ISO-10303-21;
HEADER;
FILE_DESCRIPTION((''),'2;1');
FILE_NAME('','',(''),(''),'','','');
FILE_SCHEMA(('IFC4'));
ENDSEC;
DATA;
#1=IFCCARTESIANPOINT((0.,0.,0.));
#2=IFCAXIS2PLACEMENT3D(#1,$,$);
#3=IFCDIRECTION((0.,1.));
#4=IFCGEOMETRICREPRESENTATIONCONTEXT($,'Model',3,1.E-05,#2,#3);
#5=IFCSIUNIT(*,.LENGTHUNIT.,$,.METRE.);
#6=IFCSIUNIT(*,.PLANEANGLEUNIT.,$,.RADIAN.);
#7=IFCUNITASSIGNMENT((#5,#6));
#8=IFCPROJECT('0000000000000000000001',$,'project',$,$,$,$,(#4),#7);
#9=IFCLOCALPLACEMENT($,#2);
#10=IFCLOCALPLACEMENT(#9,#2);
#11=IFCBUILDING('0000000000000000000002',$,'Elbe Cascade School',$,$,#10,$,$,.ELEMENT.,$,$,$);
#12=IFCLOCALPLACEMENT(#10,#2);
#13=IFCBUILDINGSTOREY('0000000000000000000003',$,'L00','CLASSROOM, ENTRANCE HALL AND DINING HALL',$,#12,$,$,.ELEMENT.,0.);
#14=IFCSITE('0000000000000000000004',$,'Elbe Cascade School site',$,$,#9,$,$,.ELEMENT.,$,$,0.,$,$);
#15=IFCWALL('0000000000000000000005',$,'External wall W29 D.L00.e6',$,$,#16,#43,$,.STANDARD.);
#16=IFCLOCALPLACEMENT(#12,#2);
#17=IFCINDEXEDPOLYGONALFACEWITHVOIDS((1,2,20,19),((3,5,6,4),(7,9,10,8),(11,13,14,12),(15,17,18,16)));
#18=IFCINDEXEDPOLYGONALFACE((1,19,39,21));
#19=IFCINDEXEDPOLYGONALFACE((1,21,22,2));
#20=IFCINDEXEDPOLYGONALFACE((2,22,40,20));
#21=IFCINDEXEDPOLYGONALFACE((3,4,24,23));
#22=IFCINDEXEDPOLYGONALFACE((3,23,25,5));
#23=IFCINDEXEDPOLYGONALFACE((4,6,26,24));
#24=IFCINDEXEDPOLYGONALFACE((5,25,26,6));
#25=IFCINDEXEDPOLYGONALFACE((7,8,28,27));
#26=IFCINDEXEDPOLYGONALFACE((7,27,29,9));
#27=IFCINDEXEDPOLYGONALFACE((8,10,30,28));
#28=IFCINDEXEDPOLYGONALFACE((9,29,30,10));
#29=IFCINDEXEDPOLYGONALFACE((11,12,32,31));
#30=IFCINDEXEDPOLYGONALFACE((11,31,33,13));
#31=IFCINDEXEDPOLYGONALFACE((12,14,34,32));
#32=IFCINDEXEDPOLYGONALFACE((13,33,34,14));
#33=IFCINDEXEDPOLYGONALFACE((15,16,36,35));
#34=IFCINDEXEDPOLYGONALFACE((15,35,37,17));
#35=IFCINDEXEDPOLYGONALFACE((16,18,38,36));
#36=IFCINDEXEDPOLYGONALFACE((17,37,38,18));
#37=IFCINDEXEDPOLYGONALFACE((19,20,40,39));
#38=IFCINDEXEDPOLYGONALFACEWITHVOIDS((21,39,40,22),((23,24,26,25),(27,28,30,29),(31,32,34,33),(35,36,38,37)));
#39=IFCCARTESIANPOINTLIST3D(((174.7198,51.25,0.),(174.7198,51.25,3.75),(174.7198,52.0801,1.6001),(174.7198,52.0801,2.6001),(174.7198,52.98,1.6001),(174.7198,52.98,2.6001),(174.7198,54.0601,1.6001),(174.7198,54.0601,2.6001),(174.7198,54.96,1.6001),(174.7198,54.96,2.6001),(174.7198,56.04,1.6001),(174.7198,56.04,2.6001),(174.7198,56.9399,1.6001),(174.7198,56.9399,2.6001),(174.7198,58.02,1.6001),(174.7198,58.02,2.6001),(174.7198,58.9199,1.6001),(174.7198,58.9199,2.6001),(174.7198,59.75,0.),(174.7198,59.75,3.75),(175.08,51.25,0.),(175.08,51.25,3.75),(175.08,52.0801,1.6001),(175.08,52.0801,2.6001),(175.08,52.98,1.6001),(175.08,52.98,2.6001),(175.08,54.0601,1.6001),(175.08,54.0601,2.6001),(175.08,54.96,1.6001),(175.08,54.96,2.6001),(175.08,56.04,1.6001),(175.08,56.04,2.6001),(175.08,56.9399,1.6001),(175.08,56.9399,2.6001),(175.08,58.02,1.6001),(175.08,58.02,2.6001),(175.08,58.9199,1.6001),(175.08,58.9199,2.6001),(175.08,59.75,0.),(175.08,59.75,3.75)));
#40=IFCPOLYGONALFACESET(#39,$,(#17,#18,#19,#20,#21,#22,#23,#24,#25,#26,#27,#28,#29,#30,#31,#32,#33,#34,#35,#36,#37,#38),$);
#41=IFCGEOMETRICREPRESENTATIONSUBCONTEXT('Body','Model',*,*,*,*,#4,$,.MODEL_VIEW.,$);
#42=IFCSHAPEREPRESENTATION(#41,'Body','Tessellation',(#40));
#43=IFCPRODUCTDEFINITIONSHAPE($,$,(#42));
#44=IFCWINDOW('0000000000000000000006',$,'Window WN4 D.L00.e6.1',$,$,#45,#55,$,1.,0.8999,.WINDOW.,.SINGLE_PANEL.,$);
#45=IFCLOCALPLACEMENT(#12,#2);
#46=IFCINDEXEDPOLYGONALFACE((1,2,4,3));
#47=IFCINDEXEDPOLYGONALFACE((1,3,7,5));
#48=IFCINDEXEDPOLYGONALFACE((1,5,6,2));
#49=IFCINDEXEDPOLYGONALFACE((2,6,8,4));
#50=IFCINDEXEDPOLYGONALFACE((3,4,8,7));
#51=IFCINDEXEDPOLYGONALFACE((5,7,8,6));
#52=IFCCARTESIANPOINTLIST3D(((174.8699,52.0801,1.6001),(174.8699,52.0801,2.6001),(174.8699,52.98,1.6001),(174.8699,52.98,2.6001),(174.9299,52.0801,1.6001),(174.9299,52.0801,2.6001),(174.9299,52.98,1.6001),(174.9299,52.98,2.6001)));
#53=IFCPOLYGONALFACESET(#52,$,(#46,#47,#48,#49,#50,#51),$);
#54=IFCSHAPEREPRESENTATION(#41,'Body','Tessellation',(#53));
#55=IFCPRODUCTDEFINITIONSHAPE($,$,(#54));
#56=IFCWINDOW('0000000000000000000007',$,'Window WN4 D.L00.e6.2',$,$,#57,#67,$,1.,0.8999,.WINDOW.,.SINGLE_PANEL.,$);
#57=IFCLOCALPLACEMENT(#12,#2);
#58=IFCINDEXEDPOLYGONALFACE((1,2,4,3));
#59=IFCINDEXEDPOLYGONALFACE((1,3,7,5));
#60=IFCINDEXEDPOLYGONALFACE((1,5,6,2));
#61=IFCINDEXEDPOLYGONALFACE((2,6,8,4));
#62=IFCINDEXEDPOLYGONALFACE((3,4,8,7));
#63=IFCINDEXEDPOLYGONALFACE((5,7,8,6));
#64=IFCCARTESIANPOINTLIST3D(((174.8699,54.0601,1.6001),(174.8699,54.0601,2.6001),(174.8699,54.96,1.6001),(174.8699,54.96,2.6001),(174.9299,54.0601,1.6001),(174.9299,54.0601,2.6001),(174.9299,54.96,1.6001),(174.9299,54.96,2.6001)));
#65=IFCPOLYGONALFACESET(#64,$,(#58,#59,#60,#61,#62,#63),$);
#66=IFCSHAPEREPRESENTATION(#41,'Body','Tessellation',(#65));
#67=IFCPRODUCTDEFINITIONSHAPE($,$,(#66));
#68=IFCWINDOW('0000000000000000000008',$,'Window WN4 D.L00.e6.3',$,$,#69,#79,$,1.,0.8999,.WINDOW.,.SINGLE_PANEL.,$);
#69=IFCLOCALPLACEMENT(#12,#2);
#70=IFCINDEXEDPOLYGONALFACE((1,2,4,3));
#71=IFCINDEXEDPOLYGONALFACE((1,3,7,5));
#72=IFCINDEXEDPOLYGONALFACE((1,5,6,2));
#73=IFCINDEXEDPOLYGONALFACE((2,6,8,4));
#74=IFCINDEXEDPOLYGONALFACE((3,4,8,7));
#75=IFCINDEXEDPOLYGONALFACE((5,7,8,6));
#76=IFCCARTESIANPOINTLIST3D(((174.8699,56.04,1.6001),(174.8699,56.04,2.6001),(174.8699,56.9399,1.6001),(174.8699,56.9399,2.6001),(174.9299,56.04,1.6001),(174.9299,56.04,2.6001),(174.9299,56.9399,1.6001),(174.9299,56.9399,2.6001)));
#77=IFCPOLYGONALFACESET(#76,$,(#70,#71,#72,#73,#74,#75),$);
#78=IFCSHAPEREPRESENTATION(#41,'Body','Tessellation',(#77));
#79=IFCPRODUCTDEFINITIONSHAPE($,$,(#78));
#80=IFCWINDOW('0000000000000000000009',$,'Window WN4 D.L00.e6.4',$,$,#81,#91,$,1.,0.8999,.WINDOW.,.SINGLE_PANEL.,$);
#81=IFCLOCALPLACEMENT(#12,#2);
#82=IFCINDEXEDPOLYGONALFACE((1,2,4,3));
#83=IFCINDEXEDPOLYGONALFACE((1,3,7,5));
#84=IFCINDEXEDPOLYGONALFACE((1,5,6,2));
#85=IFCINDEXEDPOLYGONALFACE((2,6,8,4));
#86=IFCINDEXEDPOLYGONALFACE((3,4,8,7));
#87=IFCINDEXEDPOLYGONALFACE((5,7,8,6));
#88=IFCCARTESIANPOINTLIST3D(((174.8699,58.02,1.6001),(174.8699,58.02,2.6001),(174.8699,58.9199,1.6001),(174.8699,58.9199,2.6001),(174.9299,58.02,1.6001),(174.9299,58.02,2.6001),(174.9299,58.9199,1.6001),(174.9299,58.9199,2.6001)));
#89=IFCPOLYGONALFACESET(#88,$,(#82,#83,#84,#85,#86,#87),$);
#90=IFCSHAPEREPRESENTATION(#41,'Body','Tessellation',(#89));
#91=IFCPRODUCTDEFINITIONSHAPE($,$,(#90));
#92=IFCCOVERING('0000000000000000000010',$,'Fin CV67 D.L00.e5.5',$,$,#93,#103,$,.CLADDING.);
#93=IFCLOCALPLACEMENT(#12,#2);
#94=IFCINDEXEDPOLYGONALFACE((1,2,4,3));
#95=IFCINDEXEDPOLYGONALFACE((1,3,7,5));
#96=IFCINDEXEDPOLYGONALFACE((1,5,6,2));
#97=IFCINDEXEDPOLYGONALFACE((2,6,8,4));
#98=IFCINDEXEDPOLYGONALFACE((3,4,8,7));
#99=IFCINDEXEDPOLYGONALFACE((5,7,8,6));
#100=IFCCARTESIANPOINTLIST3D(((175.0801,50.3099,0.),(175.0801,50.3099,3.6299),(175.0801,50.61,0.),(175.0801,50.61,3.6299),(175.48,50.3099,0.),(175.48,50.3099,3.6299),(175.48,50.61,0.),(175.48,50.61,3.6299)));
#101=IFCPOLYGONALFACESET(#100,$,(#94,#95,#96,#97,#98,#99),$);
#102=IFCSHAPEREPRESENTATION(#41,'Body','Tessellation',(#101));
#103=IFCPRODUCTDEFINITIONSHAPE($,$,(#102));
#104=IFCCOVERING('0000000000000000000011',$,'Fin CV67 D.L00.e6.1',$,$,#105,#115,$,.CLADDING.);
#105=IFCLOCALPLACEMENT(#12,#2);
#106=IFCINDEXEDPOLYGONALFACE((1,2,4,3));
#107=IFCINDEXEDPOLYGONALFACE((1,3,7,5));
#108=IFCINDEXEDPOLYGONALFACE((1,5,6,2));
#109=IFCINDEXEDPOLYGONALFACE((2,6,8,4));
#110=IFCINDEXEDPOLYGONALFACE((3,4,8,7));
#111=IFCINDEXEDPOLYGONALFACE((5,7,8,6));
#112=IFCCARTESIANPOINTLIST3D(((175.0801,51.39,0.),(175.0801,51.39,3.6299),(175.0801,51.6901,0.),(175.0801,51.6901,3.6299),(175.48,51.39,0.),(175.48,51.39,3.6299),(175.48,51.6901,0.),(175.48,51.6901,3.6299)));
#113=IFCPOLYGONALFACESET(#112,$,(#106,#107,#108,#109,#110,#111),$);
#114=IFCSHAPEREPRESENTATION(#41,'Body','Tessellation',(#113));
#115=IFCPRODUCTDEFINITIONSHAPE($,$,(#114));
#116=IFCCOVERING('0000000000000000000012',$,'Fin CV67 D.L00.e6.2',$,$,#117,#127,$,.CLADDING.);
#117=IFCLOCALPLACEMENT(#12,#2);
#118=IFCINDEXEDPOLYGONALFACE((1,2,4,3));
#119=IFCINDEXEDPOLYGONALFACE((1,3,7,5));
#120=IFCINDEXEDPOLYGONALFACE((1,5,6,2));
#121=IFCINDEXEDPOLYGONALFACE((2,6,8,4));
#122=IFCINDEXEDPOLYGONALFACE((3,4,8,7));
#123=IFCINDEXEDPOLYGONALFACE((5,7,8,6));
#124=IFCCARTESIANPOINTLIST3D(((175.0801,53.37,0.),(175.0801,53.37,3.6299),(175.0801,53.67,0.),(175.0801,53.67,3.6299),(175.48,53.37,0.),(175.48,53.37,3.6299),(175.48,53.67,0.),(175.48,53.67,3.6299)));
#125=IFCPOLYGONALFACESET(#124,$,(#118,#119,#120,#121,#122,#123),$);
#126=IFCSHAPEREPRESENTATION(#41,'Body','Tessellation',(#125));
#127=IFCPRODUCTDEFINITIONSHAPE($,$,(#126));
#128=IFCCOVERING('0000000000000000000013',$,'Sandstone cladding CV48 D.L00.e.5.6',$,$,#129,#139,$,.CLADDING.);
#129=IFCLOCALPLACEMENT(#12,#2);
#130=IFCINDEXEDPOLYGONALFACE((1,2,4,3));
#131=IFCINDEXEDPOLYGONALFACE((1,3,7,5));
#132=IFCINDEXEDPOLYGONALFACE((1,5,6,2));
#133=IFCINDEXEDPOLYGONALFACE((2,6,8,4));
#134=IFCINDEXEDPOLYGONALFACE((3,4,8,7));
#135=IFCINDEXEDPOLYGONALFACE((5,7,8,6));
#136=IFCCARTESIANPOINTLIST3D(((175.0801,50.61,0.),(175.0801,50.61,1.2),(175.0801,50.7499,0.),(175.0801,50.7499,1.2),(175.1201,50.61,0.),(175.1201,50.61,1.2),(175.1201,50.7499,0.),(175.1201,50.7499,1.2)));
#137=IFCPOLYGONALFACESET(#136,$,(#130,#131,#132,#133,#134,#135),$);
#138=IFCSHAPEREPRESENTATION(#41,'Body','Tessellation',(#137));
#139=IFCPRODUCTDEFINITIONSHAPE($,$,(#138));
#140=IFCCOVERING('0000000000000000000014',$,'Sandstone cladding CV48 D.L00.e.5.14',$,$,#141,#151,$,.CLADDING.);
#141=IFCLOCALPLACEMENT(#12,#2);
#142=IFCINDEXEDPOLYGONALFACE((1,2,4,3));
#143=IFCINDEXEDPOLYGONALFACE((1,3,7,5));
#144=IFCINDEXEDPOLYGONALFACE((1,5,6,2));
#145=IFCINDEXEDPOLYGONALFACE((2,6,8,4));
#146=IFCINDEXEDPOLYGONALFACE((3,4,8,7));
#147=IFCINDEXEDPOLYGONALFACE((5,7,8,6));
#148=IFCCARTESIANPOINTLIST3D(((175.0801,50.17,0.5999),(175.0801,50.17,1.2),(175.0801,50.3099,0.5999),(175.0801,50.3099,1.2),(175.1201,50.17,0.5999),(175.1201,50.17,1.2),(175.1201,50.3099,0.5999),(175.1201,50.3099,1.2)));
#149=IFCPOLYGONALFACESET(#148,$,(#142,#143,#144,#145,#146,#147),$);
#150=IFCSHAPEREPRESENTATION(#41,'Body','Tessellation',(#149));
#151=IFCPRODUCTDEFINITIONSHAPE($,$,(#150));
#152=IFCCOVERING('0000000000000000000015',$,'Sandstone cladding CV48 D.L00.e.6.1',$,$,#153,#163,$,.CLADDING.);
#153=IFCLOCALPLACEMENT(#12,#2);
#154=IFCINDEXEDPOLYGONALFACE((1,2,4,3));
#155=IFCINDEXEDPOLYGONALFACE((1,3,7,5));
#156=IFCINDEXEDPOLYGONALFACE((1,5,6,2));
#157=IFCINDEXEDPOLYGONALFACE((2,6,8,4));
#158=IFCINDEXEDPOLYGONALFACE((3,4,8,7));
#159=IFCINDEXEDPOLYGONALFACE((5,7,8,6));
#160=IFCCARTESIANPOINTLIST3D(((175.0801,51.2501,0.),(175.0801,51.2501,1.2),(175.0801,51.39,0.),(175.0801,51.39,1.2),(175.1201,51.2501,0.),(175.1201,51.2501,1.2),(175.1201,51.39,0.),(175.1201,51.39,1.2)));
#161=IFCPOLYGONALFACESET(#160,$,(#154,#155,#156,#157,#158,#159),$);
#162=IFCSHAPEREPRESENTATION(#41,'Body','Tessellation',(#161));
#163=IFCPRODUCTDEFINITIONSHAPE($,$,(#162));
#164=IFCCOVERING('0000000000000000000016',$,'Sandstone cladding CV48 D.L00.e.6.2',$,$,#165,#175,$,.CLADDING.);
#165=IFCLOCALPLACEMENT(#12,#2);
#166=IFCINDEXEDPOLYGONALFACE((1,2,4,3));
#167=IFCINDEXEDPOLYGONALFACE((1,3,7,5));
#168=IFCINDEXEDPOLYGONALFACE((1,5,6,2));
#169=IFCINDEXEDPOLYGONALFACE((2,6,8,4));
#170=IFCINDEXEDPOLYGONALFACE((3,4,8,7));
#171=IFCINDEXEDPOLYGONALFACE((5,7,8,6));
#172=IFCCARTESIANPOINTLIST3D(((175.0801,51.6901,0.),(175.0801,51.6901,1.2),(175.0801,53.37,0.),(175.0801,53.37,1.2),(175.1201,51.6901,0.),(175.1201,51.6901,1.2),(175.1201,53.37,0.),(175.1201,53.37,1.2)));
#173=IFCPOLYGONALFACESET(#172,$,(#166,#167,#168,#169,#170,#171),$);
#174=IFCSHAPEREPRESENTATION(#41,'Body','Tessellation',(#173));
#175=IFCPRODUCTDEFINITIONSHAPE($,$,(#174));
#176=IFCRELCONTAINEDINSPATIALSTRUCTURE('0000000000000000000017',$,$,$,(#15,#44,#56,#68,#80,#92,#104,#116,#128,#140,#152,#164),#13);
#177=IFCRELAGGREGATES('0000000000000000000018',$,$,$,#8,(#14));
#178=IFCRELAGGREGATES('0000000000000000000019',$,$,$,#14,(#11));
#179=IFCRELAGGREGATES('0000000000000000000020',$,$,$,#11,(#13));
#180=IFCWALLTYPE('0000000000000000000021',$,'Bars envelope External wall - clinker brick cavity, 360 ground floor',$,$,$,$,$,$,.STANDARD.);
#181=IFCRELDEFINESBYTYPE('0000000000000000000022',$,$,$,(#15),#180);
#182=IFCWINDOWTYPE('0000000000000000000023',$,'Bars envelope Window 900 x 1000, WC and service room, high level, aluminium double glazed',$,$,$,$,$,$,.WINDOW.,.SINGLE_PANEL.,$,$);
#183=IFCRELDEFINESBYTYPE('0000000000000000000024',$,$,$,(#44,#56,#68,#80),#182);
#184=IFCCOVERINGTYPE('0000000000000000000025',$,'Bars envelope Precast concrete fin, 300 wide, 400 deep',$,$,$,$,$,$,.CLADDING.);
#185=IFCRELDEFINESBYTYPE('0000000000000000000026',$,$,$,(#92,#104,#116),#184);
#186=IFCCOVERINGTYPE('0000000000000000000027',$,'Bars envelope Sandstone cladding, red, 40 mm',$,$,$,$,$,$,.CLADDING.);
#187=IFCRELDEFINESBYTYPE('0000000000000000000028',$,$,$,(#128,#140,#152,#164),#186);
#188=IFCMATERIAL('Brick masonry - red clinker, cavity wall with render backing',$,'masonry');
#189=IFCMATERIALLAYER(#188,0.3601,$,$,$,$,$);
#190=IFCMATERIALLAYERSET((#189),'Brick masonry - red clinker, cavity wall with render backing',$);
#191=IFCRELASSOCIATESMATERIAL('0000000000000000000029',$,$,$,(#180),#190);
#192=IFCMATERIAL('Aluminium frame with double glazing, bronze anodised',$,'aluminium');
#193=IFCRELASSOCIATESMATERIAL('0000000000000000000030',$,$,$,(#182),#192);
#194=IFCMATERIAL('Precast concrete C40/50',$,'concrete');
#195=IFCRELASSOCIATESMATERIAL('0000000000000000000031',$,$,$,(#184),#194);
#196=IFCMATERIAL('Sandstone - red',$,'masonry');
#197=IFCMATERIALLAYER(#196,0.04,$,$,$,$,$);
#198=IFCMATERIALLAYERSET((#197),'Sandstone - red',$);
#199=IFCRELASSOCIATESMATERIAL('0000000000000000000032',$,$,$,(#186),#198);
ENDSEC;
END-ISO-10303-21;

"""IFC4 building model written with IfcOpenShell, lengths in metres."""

from ifc_helpers import new_model, si_unit, direction, frame, frame_2d, origin, origin_2d, place, context, subcontext, project, spatial, rectangle, extrude, material, layer, layer_set, type_object, element, fill, save


model = new_model("IFC4")

# Units and contexts
model_context = context("Model", 3, precision=1e-05, world=origin(), true_north=direction((0.0, 1.0)))
body_context = subcontext(model_context, "Body", "Model", "MODEL_VIEW")
ifc_project = project(units=[si_unit("LENGTHUNIT", "METRE"), si_unit("PLANEANGLEUNIT", "RADIAN")], contexts=[model_context])

# Site, building, storey
site_placement = place(None, origin())
site = spatial("IfcSite", under=ifc_project, at=site_placement, Name="Elbe Cascade School site", CompositionType="ELEMENT", RefElevation=0.0)
building_placement = place(site_placement, origin())
building = spatial("IfcBuilding", under=site, at=building_placement, Name="Elbe Cascade School", CompositionType="ELEMENT")
storey_placement = place(building_placement, origin())
storey = spatial("IfcBuildingStorey", under=building, at=storey_placement, Name="L00", Description="CLASSROOM, ENTRANCE HALL AND DINING HALL", CompositionType="ELEMENT", Elevation=0.0)

# Wall, openings, windows
ifc_material_1 = material(Name="Brick masonry - red clinker, cavity wall with render backing", Category="masonry")
ifc_layer_1 = layer(ifc_material_1, 0.3601)
ifc_layer_set_1 = layer_set([ifc_layer_1], Name="Brick masonry - red clinker, cavity wall with render backing")
wall_type = type_object("IfcWallType", Name="Bars envelope External wall - clinker brick cavity, 360 ground floor", PredefinedType="STANDARD", material=ifc_layer_set_1)
wall_1_placement = place(storey_placement, frame((174.8999, 59.75, 0.0), z_axis=(0.0, 0.0, 1.0), x_axis=(0.0, -1.0, 0.0)))
wall_1 = element("IfcWall", 1, at=wall_1_placement, inside=storey, type_object=wall_type, Name="External wall W29 D.L00.e6", PredefinedType="STANDARD", context=body_context, shape_type="SweptSolid", body=[
    extrude(rectangle(XDim=8.5, YDim=0.3601, at=frame_2d((4.25, 0.0))), origin(), (0.0, 0.0, 1.0), 3.75),
])
opening_1_placement = place(wall_1_placement, frame((6.77, 0.0, 1.6001)))
opening_1 = element("IfcOpeningElement", 2, at=opening_1_placement, cuts=wall_1, PredefinedType="OPENING", context=body_context, shape_type="SweptSolid", body=[
    extrude(rectangle(XDim=0.8999, YDim=1.0, at=frame_2d((0.45, 0.5))), frame((0.0, 0.1899, 0.0), z_axis=(0.0, -1.0, 0.0), x_axis=(1.0, 0.0, 0.0)), (0.0, 0.0, 1.0), 0.3801),
])
opening_2_placement = place(wall_1_placement, frame((4.79, 0.0, 1.6001)))
opening_2 = element("IfcOpeningElement", 3, at=opening_2_placement, cuts=wall_1, PredefinedType="OPENING", context=body_context, shape_type="SweptSolid", body=[
    extrude(rectangle(XDim=0.8999, YDim=1.0, at=frame_2d((0.45, 0.5))), frame((0.0, 0.1899, 0.0), z_axis=(0.0, -1.0, 0.0), x_axis=(1.0, 0.0, 0.0)), (0.0, 0.0, 1.0), 0.3801),
])
opening_3_placement = place(wall_1_placement, frame((2.8101, 0.0, 1.6001)))
opening_3 = element("IfcOpeningElement", 4, at=opening_3_placement, cuts=wall_1, PredefinedType="OPENING", context=body_context, shape_type="SweptSolid", body=[
    extrude(rectangle(XDim=0.8999, YDim=1.0, at=frame_2d((0.45, 0.5))), frame((0.0, 0.1899, 0.0), z_axis=(0.0, -1.0, 0.0), x_axis=(1.0, 0.0, 0.0)), (0.0, 0.0, 1.0), 0.3801),
])
opening_4_placement = place(wall_1_placement, frame((0.8301, 0.0, 1.6001)))
opening_4 = element("IfcOpeningElement", 5, at=opening_4_placement, cuts=wall_1, PredefinedType="OPENING", context=body_context, shape_type="SweptSolid", body=[
    extrude(rectangle(XDim=0.8999, YDim=1.0, at=frame_2d((0.45, 0.5))), frame((0.0, 0.1899, 0.0), z_axis=(0.0, -1.0, 0.0), x_axis=(1.0, 0.0, 0.0)), (0.0, 0.0, 1.0), 0.3801),
])
ifc_material_2 = material(Name="Aluminium frame with double glazing, bronze anodised", Category="aluminium")
window_type_1 = type_object("IfcWindowType", Name="Bars envelope Window 900 x 1000, WC and service room, high level, aluminium double glazed", PartitioningType="SINGLE_PANEL", PredefinedType="WINDOW", material=ifc_material_2)
window_1_placement = place(opening_1_placement, origin())
window_1 = element("IfcWindow", 6, at=window_1_placement, inside=storey, type_object=window_type_1, Name="Window WN4 D.L00.e6.1", OverallHeight=1.0, OverallWidth=0.8999, PartitioningType="SINGLE_PANEL", PredefinedType="WINDOW", context=body_context, shape_type="SweptSolid", body=[
    extrude(rectangle(XDim=0.8999, YDim=1.0, at=frame_2d((0.45, 0.5))), frame((0.0, 0.03, 0.0), z_axis=(0.0, -1.0, 0.0), x_axis=(1.0, 0.0, 0.0)), (0.0, 0.0, 1.0), 0.0601),
])
fill(opening_1, window_1)
window_2_placement = place(opening_2_placement, origin())
window_2 = element("IfcWindow", 7, at=window_2_placement, inside=storey, type_object=window_type_1, Name="Window WN4 D.L00.e6.2", OverallHeight=1.0, OverallWidth=0.8999, PartitioningType="SINGLE_PANEL", PredefinedType="WINDOW", context=body_context, shape_type="SweptSolid", body=[
    extrude(rectangle(XDim=0.8999, YDim=1.0, at=frame_2d((0.45, 0.5))), frame((0.0, 0.03, 0.0), z_axis=(0.0, -1.0, 0.0), x_axis=(1.0, 0.0, 0.0)), (0.0, 0.0, 1.0), 0.0601),
])
fill(opening_2, window_2)
window_3_placement = place(opening_3_placement, origin())
window_3 = element("IfcWindow", 8, at=window_3_placement, inside=storey, type_object=window_type_1, Name="Window WN4 D.L00.e6.3", OverallHeight=1.0, OverallWidth=0.8999, PartitioningType="SINGLE_PANEL", PredefinedType="WINDOW", context=body_context, shape_type="SweptSolid", body=[
    extrude(rectangle(XDim=0.8999, YDim=1.0, at=frame_2d((0.45, 0.5))), frame((0.0, 0.03, 0.0), z_axis=(0.0, -1.0, 0.0), x_axis=(1.0, 0.0, 0.0)), (0.0, 0.0, 1.0), 0.0601),
])
fill(opening_3, window_3)
window_4_placement = place(opening_4_placement, origin())
window_4 = element("IfcWindow", 9, at=window_4_placement, inside=storey, type_object=window_type_1, Name="Window WN4 D.L00.e6.4", OverallHeight=1.0, OverallWidth=0.8999, PartitioningType="SINGLE_PANEL", PredefinedType="WINDOW", context=body_context, shape_type="SweptSolid", body=[
    extrude(rectangle(XDim=0.8999, YDim=1.0, at=frame_2d((0.45, 0.5))), frame((0.0, 0.03, 0.0), z_axis=(0.0, -1.0, 0.0), x_axis=(1.0, 0.0, 0.0)), (0.0, 0.0, 1.0), 0.0601),
])
fill(opening_4, window_4)

# Coverings
ifc_material_3 = material(Name="Precast concrete C40/50", Category="concrete")
covering_type_1 = type_object("IfcCoveringType", Name="Bars envelope Precast concrete fin, 300 wide, 400 deep", PredefinedType="CLADDING", material=ifc_material_3)
for number, where, z_axis, x_axis, name in (
    (10, (175.28, 50.46, 0.0), (0.0, 0.0, 1.0), (0.0, 1.0, 0.0), "Fin CV67 D.L00.e5.5"),
    (11, (175.28, 51.54, 0.0), (0.0, 0.0, 1.0), (0.0, 1.0, 0.0), "Fin CV67 D.L00.e6.1"),
    (12, (175.28, 53.52, 0.0), (0.0, 0.0, 1.0), (0.0, 1.0, 0.0), "Fin CV67 D.L00.e6.2"),
):
    element("IfcCovering", number, at=place(storey_placement, frame(where, z_axis=z_axis, x_axis=x_axis)), inside=storey, type_object=covering_type_1, Name=name, PredefinedType="CLADDING", context=body_context, shape_type="SweptSolid", body=[
        extrude(rectangle(XDim=0.3, YDim=0.3999, at=origin_2d()), origin(), (0.0, 0.0, 1.0), 3.6299),
    ])
ifc_material_4 = material(Name="Sandstone - red", Category="masonry")
ifc_layer_2 = layer(ifc_material_4, 0.04)
ifc_layer_set_2 = layer_set([ifc_layer_2], Name="Sandstone - red")
covering_type_2 = type_object("IfcCoveringType", Name="Bars envelope Sandstone cladding, red, 40 mm", PredefinedType="CLADDING", material=ifc_layer_set_2)
covering_1_placement = place(storey_placement, frame((175.1001, 50.6799, 0.0), z_axis=(0.0, 0.0, 1.0), x_axis=(0.0, 1.0, 0.0)))
element("IfcCovering", 13, at=covering_1_placement, inside=storey, type_object=covering_type_2, Name="Sandstone cladding CV48 D.L00.e.5.6", PredefinedType="CLADDING", context=body_context, shape_type="SweptSolid", body=[
    extrude(rectangle(XDim=0.1399, YDim=0.04, at=origin_2d()), origin(), (0.0, 0.0, 1.0), 1.2),
])
covering_2_placement = place(storey_placement, frame((175.1001, 50.24, 0.5999), z_axis=(0.0, 0.0, 1.0), x_axis=(0.0, 1.0, 0.0)))
element("IfcCovering", 14, at=covering_2_placement, inside=storey, type_object=covering_type_2, Name="Sandstone cladding CV48 D.L00.e.5.14", PredefinedType="CLADDING", context=body_context, shape_type="SweptSolid", body=[
    extrude(rectangle(XDim=0.1399, YDim=0.04, at=origin_2d()), origin(), (0.0, 0.0, 1.0), 0.6001),
])
covering_3_placement = place(storey_placement, frame((175.1001, 51.3201, 0.0), z_axis=(0.0, 0.0, 1.0), x_axis=(0.0, 1.0, 0.0)))
element("IfcCovering", 15, at=covering_3_placement, inside=storey, type_object=covering_type_2, Name="Sandstone cladding CV48 D.L00.e.6.1", PredefinedType="CLADDING", context=body_context, shape_type="SweptSolid", body=[
    extrude(rectangle(XDim=0.1399, YDim=0.04, at=origin_2d()), origin(), (0.0, 0.0, 1.0), 1.2),
])
for number, where, z_axis, x_axis, name in (
    (16, (175.1001, 52.53, 0.0), (0.0, 0.0, 1.0), (0.0, 1.0, 0.0), "Sandstone cladding CV48 D.L00.e.6.2"),
):
    element("IfcCovering", number, at=place(storey_placement, frame(where, z_axis=z_axis, x_axis=x_axis)), inside=storey, type_object=covering_type_2, Name=name, PredefinedType="CLADDING", context=body_context, shape_type="SweptSolid", body=[
        extrude(rectangle(XDim=1.6799, YDim=0.04, at=origin_2d()), origin(), (0.0, 0.0, 1.0), 1.2),
    ])

save(model, "model.ifc")
